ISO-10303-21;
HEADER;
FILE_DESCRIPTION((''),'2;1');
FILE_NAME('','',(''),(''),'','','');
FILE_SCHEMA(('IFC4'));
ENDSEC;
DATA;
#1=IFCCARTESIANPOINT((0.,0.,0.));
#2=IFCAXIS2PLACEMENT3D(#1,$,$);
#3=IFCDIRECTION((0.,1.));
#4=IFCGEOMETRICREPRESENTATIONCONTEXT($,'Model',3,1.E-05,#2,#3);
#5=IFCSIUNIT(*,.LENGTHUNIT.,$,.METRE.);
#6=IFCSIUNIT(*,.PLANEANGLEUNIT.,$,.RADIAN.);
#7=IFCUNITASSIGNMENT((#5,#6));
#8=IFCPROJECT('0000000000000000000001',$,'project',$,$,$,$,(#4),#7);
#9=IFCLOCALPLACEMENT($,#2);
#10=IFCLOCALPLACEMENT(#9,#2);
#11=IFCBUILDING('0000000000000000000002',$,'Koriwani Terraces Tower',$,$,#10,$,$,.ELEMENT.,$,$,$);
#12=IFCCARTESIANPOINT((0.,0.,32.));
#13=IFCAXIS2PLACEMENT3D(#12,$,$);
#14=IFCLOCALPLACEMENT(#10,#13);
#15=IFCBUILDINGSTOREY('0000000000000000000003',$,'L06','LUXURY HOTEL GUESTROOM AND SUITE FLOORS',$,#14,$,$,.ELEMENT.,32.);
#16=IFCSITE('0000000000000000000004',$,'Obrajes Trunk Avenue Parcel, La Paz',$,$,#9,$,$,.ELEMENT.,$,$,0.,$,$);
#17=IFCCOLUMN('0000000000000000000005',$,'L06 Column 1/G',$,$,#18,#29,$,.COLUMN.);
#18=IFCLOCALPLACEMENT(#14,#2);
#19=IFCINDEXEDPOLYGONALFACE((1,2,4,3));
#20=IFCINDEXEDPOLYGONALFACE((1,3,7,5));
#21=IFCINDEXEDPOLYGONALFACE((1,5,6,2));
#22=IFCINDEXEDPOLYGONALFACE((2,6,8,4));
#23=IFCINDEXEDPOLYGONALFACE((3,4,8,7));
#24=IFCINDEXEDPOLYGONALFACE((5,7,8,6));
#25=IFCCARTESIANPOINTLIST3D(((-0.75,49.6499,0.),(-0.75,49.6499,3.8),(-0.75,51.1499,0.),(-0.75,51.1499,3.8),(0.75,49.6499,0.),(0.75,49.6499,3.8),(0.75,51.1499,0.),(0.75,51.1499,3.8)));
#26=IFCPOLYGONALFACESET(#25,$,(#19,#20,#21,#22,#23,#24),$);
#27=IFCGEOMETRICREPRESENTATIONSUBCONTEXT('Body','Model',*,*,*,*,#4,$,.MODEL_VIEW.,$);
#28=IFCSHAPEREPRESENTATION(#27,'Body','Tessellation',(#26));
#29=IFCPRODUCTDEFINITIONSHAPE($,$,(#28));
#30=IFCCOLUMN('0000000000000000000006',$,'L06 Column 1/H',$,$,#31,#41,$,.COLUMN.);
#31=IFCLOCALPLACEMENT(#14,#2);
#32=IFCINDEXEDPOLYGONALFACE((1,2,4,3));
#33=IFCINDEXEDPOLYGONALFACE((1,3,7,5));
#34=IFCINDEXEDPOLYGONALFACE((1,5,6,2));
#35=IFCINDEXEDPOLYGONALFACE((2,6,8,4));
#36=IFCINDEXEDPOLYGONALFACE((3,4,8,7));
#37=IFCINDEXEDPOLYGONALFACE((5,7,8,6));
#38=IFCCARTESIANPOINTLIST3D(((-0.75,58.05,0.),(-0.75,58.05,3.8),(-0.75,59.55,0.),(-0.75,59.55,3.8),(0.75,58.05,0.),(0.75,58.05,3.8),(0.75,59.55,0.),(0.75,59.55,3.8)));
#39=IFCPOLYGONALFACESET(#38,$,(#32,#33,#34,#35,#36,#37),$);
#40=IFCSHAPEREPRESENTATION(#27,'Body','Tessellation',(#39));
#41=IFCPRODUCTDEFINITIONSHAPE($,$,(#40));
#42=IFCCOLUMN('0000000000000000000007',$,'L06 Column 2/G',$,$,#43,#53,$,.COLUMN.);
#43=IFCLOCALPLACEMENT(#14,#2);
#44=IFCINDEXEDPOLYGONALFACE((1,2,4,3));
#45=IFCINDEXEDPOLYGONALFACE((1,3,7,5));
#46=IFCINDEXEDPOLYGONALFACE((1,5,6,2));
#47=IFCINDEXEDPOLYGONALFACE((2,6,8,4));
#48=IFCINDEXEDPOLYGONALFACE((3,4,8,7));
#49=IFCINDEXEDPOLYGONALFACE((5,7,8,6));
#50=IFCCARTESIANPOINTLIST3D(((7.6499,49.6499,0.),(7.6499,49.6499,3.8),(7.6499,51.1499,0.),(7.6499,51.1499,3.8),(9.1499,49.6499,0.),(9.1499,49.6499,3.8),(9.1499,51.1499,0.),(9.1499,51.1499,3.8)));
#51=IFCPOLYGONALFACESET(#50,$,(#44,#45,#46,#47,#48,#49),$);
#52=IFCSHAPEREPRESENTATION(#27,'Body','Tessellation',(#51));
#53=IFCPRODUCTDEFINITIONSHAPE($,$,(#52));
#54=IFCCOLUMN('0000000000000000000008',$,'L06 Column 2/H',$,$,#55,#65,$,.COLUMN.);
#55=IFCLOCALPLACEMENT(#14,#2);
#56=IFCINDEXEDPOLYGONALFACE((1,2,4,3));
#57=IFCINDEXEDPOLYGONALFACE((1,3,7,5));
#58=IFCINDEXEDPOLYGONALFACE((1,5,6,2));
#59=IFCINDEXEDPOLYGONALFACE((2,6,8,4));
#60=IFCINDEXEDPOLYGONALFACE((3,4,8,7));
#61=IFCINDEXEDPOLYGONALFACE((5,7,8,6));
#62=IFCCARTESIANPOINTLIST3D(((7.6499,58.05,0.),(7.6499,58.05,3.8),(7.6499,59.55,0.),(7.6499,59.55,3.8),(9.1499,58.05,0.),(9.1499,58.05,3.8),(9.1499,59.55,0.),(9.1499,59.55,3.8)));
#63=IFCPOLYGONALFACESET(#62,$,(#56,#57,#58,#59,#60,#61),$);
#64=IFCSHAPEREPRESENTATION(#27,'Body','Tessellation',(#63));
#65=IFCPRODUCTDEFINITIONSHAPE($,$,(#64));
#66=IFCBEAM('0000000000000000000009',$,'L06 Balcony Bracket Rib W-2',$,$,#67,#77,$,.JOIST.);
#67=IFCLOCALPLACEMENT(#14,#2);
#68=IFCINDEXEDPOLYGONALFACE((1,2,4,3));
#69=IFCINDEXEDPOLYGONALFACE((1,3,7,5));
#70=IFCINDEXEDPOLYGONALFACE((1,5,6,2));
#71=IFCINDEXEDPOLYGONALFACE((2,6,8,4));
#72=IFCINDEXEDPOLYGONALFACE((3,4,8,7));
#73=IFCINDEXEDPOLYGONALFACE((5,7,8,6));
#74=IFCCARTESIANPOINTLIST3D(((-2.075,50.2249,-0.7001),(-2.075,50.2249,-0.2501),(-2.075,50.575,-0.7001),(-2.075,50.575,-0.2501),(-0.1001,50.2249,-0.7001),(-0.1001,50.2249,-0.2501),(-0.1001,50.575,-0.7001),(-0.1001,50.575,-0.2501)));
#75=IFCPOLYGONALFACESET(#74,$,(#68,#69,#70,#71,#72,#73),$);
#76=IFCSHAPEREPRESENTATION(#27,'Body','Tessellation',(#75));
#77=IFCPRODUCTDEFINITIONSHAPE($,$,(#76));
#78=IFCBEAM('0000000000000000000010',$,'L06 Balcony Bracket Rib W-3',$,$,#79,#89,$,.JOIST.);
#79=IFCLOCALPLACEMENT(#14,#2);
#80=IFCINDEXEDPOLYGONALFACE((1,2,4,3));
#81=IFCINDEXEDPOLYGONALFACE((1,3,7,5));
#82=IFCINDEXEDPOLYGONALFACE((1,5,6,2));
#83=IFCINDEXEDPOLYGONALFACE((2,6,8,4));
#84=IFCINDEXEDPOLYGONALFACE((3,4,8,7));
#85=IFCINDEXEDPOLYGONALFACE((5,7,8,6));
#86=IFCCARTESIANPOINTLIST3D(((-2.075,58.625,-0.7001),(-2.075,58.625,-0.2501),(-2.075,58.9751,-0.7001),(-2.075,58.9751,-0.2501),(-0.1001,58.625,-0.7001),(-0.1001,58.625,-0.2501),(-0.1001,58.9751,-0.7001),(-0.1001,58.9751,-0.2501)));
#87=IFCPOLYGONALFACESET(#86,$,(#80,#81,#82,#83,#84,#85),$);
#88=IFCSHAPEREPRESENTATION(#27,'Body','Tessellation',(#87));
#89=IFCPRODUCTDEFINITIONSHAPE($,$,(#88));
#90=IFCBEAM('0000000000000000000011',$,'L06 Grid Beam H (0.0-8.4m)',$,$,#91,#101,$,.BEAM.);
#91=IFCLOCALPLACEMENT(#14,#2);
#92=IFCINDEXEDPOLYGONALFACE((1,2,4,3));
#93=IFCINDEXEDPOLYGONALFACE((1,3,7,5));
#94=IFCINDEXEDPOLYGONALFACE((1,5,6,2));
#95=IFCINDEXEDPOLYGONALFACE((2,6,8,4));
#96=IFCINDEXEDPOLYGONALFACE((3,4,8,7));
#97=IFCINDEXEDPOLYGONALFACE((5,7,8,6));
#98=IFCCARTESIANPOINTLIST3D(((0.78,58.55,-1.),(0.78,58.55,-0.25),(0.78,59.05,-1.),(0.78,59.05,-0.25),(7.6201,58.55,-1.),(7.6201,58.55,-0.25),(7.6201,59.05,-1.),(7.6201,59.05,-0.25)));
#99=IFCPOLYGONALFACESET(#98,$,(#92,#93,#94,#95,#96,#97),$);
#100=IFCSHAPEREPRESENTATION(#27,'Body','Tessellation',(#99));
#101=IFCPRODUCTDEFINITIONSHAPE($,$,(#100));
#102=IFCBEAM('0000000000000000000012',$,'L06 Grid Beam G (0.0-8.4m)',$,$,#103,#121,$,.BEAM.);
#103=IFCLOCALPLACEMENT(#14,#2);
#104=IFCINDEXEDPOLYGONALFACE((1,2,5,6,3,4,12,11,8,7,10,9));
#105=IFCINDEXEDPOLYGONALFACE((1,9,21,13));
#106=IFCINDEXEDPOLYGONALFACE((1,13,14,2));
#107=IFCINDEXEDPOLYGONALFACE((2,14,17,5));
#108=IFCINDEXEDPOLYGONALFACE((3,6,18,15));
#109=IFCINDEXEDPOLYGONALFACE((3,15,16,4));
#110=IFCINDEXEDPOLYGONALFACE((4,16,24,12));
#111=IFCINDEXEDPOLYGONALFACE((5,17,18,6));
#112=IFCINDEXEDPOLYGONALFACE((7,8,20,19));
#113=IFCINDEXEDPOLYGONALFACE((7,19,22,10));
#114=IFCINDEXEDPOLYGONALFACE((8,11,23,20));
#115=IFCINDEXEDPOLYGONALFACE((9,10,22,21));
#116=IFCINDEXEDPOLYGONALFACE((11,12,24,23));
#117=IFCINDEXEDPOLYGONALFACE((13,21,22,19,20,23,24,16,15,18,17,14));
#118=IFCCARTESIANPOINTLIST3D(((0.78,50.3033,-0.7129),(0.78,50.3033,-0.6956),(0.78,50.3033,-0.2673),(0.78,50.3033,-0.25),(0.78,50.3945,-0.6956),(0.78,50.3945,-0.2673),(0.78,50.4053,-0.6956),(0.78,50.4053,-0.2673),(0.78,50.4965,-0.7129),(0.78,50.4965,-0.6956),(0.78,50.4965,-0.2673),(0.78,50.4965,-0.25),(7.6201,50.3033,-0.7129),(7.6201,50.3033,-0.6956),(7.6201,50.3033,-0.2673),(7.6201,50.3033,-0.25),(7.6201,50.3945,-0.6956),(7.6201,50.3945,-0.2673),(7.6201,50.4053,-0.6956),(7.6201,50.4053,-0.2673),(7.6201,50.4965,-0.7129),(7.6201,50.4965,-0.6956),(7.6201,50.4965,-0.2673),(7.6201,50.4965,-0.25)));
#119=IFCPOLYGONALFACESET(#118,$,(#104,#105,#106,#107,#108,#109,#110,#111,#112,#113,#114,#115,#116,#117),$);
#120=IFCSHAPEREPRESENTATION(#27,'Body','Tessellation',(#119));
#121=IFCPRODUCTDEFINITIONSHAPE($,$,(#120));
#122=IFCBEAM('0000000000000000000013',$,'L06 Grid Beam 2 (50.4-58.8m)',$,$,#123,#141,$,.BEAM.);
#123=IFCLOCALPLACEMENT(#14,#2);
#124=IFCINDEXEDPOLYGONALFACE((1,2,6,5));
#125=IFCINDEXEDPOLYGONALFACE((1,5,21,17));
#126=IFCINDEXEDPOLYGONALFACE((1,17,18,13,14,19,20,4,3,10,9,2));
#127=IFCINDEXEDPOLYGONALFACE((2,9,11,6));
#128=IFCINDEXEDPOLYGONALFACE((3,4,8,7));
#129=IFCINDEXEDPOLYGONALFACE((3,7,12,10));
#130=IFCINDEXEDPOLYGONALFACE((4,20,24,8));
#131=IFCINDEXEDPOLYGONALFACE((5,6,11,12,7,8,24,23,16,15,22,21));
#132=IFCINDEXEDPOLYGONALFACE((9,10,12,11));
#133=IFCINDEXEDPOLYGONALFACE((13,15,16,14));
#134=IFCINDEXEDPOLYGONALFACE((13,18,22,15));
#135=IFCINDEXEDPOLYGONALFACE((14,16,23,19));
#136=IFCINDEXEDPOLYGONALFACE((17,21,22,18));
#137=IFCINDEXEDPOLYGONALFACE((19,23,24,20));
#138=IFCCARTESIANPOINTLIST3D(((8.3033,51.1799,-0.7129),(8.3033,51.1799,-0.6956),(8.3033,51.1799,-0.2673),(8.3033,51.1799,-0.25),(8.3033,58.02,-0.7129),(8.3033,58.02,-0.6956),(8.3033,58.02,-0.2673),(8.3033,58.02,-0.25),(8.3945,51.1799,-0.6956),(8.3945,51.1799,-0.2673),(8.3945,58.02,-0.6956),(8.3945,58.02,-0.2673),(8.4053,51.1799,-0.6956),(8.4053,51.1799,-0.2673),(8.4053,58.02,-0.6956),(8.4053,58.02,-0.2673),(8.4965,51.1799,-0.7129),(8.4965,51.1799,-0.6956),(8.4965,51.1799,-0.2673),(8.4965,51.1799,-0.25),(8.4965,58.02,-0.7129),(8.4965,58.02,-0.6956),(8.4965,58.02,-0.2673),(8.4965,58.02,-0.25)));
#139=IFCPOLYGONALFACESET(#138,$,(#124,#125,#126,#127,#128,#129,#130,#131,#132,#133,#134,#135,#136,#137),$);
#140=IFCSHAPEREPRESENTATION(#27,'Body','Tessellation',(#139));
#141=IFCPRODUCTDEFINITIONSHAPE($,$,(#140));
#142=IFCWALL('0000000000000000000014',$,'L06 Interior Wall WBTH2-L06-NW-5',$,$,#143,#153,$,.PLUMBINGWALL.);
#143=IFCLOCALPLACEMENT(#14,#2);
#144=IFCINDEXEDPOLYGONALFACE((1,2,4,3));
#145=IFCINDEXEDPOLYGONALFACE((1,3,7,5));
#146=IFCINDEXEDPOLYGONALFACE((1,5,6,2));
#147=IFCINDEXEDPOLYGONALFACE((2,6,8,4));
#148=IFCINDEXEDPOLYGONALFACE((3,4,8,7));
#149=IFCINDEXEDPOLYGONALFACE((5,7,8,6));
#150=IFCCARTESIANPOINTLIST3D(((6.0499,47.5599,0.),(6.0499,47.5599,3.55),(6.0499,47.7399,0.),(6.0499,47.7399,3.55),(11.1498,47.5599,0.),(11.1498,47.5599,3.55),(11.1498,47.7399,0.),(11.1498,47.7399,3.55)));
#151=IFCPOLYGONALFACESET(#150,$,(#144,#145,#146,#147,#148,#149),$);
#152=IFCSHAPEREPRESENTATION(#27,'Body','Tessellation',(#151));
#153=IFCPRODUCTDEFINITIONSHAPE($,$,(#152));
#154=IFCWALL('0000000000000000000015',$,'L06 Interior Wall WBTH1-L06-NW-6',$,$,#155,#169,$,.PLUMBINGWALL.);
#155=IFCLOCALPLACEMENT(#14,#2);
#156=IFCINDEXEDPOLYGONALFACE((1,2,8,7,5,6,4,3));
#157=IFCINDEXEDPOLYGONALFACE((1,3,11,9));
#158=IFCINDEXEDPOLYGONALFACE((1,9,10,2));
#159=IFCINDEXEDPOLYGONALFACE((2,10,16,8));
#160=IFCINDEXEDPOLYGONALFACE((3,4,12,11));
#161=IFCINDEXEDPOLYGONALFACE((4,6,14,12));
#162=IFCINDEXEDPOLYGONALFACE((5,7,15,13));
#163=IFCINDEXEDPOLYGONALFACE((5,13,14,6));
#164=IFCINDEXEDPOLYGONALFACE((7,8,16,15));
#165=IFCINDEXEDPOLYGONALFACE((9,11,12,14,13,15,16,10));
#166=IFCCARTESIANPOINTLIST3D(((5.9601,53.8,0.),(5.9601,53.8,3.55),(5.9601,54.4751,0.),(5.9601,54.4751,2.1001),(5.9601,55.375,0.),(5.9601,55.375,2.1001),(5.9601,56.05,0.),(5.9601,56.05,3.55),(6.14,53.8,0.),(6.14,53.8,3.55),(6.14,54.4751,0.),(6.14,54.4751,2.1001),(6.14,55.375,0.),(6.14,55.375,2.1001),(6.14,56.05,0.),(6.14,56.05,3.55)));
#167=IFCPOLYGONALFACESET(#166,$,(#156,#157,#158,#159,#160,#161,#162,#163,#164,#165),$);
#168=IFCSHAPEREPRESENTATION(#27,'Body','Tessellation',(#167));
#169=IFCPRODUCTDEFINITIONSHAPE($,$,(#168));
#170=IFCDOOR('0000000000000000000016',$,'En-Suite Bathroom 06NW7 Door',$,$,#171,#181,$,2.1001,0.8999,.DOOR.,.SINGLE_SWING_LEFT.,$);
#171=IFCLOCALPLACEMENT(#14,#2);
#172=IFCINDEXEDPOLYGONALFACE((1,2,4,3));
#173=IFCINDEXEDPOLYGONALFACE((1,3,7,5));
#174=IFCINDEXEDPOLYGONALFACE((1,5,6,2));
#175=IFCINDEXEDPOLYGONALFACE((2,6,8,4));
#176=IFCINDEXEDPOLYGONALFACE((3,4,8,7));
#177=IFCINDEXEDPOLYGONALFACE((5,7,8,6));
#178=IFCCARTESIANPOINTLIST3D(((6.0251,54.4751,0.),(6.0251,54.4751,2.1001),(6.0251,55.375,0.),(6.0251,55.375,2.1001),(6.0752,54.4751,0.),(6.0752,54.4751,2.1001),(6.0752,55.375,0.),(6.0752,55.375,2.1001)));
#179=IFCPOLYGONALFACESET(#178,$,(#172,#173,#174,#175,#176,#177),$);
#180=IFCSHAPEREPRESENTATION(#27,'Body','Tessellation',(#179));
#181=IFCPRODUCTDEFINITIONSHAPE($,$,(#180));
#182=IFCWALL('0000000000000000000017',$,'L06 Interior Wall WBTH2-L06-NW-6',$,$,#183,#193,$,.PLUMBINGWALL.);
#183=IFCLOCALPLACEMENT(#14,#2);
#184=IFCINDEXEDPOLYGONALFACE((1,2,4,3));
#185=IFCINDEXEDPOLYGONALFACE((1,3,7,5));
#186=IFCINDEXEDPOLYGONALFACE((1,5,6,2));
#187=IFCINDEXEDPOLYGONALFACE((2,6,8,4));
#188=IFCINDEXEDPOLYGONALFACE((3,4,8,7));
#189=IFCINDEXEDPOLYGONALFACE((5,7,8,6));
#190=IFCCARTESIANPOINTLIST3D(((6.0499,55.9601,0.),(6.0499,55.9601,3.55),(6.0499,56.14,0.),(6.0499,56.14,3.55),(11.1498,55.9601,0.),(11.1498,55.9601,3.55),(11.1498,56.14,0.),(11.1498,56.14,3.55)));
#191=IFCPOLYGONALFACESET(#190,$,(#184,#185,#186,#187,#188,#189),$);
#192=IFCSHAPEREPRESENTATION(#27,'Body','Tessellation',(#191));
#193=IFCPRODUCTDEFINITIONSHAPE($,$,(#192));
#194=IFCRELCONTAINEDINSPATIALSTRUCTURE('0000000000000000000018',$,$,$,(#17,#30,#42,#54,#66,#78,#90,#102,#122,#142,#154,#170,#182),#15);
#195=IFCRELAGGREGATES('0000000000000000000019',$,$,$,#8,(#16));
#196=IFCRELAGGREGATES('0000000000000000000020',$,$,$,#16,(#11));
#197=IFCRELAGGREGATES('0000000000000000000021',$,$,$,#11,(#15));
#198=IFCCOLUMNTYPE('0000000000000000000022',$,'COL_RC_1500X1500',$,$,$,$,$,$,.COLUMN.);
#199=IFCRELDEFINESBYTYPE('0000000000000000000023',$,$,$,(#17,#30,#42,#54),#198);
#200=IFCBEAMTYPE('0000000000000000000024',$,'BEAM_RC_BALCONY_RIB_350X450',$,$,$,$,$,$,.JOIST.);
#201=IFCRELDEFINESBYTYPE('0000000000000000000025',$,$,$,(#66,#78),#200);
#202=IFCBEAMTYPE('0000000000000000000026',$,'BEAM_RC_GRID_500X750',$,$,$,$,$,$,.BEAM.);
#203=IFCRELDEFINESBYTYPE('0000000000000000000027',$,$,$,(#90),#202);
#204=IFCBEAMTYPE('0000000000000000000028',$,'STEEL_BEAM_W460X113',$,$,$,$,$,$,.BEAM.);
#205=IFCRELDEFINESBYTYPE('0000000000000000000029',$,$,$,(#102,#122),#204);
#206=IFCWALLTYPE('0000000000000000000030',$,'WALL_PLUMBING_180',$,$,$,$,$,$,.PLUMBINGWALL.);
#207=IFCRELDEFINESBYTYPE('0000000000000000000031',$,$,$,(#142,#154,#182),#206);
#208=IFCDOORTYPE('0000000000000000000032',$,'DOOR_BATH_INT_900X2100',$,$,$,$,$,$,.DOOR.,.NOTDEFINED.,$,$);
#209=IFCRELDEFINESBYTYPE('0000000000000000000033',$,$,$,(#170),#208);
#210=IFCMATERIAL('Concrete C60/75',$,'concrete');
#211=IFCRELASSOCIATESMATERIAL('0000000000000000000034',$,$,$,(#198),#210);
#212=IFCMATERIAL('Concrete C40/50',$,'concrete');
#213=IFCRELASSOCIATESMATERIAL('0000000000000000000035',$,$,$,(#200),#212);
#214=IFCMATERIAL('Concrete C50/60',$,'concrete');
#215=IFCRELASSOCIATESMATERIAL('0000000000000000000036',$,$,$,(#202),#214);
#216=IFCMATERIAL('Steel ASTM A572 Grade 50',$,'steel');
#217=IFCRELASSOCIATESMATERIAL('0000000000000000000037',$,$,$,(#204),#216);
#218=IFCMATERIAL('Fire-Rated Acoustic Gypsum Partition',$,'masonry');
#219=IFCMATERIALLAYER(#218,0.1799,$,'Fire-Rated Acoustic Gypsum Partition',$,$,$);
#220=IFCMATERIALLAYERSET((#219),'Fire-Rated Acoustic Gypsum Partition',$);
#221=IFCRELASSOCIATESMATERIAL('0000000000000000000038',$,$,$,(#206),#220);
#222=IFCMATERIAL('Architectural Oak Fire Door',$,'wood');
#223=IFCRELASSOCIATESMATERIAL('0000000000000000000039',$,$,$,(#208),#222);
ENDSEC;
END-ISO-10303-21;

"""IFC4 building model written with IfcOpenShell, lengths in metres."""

from ifc_helpers import new_model, si_unit, direction, frame, frame_2d, origin, origin_2d, place, context, subcontext, project, spatial, rectangle, i_section, extrude, material, layer, layer_set, material_profile, profile_set, type_object, element, fill, save


model = new_model("IFC4")

# Units and contexts
model_context = context("Model", 3, precision=1e-05, world=origin(), true_north=direction((0.0, 1.0)))
body_context = subcontext(model_context, "Body", "Model", "MODEL_VIEW")
ifc_project = project(units=[si_unit("LENGTHUNIT", "METRE"), si_unit("PLANEANGLEUNIT", "RADIAN")], contexts=[model_context])

# Site, building, storey
site_placement = place(None, origin())
site = spatial("IfcSite", under=ifc_project, at=site_placement, Name="Obrajes Trunk Avenue Parcel, La Paz", CompositionType="ELEMENT", RefElevation=0.0)
building_placement = place(site_placement, origin())
building = spatial("IfcBuilding", under=site, at=building_placement, Name="Koriwani Terraces Tower", CompositionType="ELEMENT")
storey_placement = place(building_placement, frame((0.0, 0.0, 32.0)))
storey = spatial("IfcBuildingStorey", under=building, at=storey_placement, Name="L06", Description="LUXURY HOTEL GUESTROOM AND SUITE FLOORS", CompositionType="ELEMENT", Elevation=32.0)

# Columns
ifc_material_1 = material(Name="Concrete C60/75", Category="concrete")
ifc_material_profile_1 = material_profile(ifc_material_1, rectangle(XDim=1.5, YDim=1.5, at=origin_2d()), Name="Concrete C60/75", Category="LoadBearing")
ifc_profile_set_1 = profile_set([ifc_material_profile_1], Name="Concrete C60/75")
column_type = type_object("IfcColumnType", Name="COL_RC_1500X1500", PredefinedType="COLUMN", material=ifc_profile_set_1)
for number, where, z_axis, x_axis, name in (
    (1, (0.0, 50.3999, 0.0), (0.0, 0.0, 1.0), (1.0, 0.0, 0.0), "L06 Column 1/G"),
    (2, (0.0, 58.8, 0.0), (0.0, 0.0, 1.0), (1.0, 0.0, 0.0), "L06 Column 1/H"),
    (3, (8.3999, 50.3999, 0.0), (0.0, 0.0, 1.0), (1.0, 0.0, 0.0), "L06 Column 2/G"),
    (4, (8.3999, 58.8, 0.0), (0.0, 0.0, 1.0), (1.0, 0.0, 0.0), "L06 Column 2/H"),
):
    element("IfcColumn", number, at=place(storey_placement, frame(where, z_axis=z_axis, x_axis=x_axis)), inside=storey, type_object=column_type, Name=name, PredefinedType="COLUMN", context=body_context, shape_type="SweptSolid", body=[
        extrude(rectangle(XDim=1.5, YDim=1.5, at=origin_2d()), origin(), (0.0, 0.0, 1.0), 3.8),
    ])

# Beams
ifc_material_2 = material(Name="Concrete C40/50", Category="concrete")
ifc_material_profile_2 = material_profile(ifc_material_2, rectangle(XDim=0.3501, YDim=0.45, at=origin_2d()), Name="Concrete C40/50", Category="LoadBearing")
ifc_profile_set_2 = profile_set([ifc_material_profile_2], Name="Concrete C40/50")
beam_type_1 = type_object("IfcBeamType", Name="BEAM_RC_BALCONY_RIB_350X450", PredefinedType="JOIST", material=ifc_profile_set_2)
for number, where, z_axis, x_axis, name in (
    (5, (-2.075, 50.3999, -0.4751), (1.0, 0.0, 0.0), (0.0, 1.0, 0.0), "L06 Balcony Bracket Rib W-2"),
    (6, (-2.075, 58.8, -0.4751), (1.0, 0.0, 0.0), (0.0, 1.0, 0.0), "L06 Balcony Bracket Rib W-3"),
):
    element("IfcBeam", number, at=place(storey_placement, frame(where, z_axis=z_axis, x_axis=x_axis)), inside=storey, type_object=beam_type_1, Name=name, PredefinedType="JOIST", context=body_context, shape_type="SweptSolid", body=[
        extrude(rectangle(XDim=0.3501, YDim=0.45, at=origin_2d()), origin(), (0.0, 0.0, 1.0), 1.9749),
    ])
ifc_material_3 = material(Name="Concrete C50/60", Category="concrete")
ifc_material_profile_3 = material_profile(ifc_material_3, rectangle(XDim=0.5, YDim=0.75, at=origin_2d()), Name="Concrete C50/60", Category="LoadBearing")
ifc_profile_set_3 = profile_set([ifc_material_profile_3], Name="Concrete C50/60")
beam_type_2 = type_object("IfcBeamType", Name="BEAM_RC_GRID_500X750", PredefinedType="BEAM", material=ifc_profile_set_3)
beam_placement = place(storey_placement, frame((0.78, 58.8, -0.625), z_axis=(1.0, 0.0, 0.0), x_axis=(0.0, 1.0, 0.0)))
element("IfcBeam", 7, at=beam_placement, inside=storey, type_object=beam_type_2, Name="L06 Grid Beam H (0.0-8.4m)", PredefinedType="BEAM", context=body_context, shape_type="SweptSolid", body=[
    extrude(rectangle(XDim=0.5, YDim=0.75, at=origin_2d()), origin(), (0.0, 0.0, 1.0), 6.8401),
])
ifc_material_4 = material(Name="Steel ASTM A572 Grade 50", Category="steel")
ifc_material_profile_4 = material_profile(ifc_material_4, i_section(OverallWidth=0.1931, OverallDepth=0.4629, WebThickness=0.0107, FlangeThickness=0.0173, at=origin_2d()), Name="Steel ASTM A572 Grade 50", Category="LoadBearing")
ifc_profile_set_4 = profile_set([ifc_material_profile_4], Name="Steel ASTM A572 Grade 50")
beam_type_3 = type_object("IfcBeamType", Name="STEEL_BEAM_W460X113", PredefinedType="BEAM", material=ifc_profile_set_4)
for number, where, z_axis, x_axis, name in (
    (8, (0.78, 50.3999, -0.4814), (1.0, 0.0, 0.0), (0.0, 1.0, 0.0), "L06 Grid Beam G (0.0-8.4m)"),
    (9, (8.3999, 51.1799, -0.4814), (0.0, 1.0, 0.0), (-1.0, 0.0, 0.0), "L06 Grid Beam 2 (50.4-58.8m)"),
):
    element("IfcBeam", number, at=place(storey_placement, frame(where, z_axis=z_axis, x_axis=x_axis)), inside=storey, type_object=beam_type_3, Name=name, PredefinedType="BEAM", context=body_context, shape_type="SweptSolid", body=[
        extrude(i_section(OverallWidth=0.1931, OverallDepth=0.4629, WebThickness=0.0107, FlangeThickness=0.0173, at=origin_2d()), origin(), (0.0, 0.0, 1.0), 6.8401),
    ])

# Wall
ifc_material_5 = material(Name="Fire-Rated Acoustic Gypsum Partition", Category="masonry")
ifc_layer_1 = layer(ifc_material_5, 0.1799, Name="Fire-Rated Acoustic Gypsum Partition")
ifc_layer_set_1 = layer_set([ifc_layer_1], Name="Fire-Rated Acoustic Gypsum Partition")
wall_type_1 = type_object("IfcWallType", Name="WALL_PLUMBING_180", PredefinedType="PLUMBINGWALL", material=ifc_layer_set_1)
wall_1_placement = place(storey_placement, frame((6.05, 47.6499, 0.0), z_axis=(0.0, 0.0, 1.0), x_axis=(1.0, 0.0, 0.0)))
element("IfcWall", 10, at=wall_1_placement, inside=storey, type_object=wall_type_1, Name="L06 Interior Wall WBTH2-L06-NW-5", PredefinedType="PLUMBINGWALL", context=body_context, shape_type="SweptSolid", body=[
    extrude(rectangle(XDim=5.0999, YDim=0.1799, at=frame_2d((2.5498, 0.0))), origin(), (0.0, 0.0, 1.0), 3.55),
])

# Wall, opening, door
wall_2_placement = place(storey_placement, frame((6.05, 53.8, 0.0), z_axis=(0.0, 0.0, 1.0), x_axis=(0.0, 1.0, 0.0)))
wall_2 = element("IfcWall", 11, at=wall_2_placement, inside=storey, type_object=wall_type_1, Name="L06 Interior Wall WBTH1-L06-NW-6", PredefinedType="PLUMBINGWALL", context=body_context, shape_type="SweptSolid", body=[
    extrude(rectangle(XDim=2.25, YDim=0.1799, at=frame_2d((1.125, 0.0))), origin(), (0.0, 0.0, 1.0), 3.55),
])
opening_1_placement = place(wall_2_placement, frame((0.675, 0.0, 0.0)))
opening_1 = element("IfcOpeningElement", 12, at=opening_1_placement, cuts=wall_2, PredefinedType="OPENING", context=body_context, shape_type="SweptSolid", body=[
    extrude(rectangle(XDim=0.8999, YDim=2.1001, at=frame_2d((0.45, 1.05))), frame((0.0, 0.1001, 0.0), z_axis=(0.0, -1.0, 0.0), x_axis=(1.0, 0.0, 0.0)), (0.0, 0.0, 1.0), 0.2),
])
ifc_material_6 = material(Name="Architectural Oak Fire Door", Category="wood")
door_type = type_object("IfcDoorType", Name="DOOR_BATH_INT_900X2100", OperationType="NOTDEFINED", PredefinedType="DOOR", material=ifc_material_6)
door_1_placement = place(opening_1_placement, origin())
door_1 = element("IfcDoor", 13, at=door_1_placement, inside=storey, type_object=door_type, Name="En-Suite Bathroom 06NW7 Door", OperationType="SINGLE_SWING_LEFT", OverallHeight=2.1001, OverallWidth=0.8999, PredefinedType="DOOR", context=body_context, shape_type="SweptSolid", body=[
    extrude(rectangle(XDim=0.8999, YDim=2.1001, at=frame_2d((0.45, 1.05))), frame((0.0, 0.0249, 0.0), z_axis=(0.0, -1.0, 0.0), x_axis=(1.0, 0.0, 0.0)), (0.0, 0.0, 1.0), 0.05),
])
fill(opening_1, door_1)

# Wall
wall_3_placement = place(storey_placement, frame((6.05, 56.05, 0.0), z_axis=(0.0, 0.0, 1.0), x_axis=(1.0, 0.0, 0.0)))
element("IfcWall", 14, at=wall_3_placement, inside=storey, type_object=wall_type_1, Name="L06 Interior Wall WBTH2-L06-NW-6", PredefinedType="PLUMBINGWALL", context=body_context, shape_type="SweptSolid", body=[
    extrude(rectangle(XDim=5.0999, YDim=0.1799, at=frame_2d((2.5498, 0.0))), origin(), (0.0, 0.0, 1.0), 3.55),
])

save(model, "model.ifc")
